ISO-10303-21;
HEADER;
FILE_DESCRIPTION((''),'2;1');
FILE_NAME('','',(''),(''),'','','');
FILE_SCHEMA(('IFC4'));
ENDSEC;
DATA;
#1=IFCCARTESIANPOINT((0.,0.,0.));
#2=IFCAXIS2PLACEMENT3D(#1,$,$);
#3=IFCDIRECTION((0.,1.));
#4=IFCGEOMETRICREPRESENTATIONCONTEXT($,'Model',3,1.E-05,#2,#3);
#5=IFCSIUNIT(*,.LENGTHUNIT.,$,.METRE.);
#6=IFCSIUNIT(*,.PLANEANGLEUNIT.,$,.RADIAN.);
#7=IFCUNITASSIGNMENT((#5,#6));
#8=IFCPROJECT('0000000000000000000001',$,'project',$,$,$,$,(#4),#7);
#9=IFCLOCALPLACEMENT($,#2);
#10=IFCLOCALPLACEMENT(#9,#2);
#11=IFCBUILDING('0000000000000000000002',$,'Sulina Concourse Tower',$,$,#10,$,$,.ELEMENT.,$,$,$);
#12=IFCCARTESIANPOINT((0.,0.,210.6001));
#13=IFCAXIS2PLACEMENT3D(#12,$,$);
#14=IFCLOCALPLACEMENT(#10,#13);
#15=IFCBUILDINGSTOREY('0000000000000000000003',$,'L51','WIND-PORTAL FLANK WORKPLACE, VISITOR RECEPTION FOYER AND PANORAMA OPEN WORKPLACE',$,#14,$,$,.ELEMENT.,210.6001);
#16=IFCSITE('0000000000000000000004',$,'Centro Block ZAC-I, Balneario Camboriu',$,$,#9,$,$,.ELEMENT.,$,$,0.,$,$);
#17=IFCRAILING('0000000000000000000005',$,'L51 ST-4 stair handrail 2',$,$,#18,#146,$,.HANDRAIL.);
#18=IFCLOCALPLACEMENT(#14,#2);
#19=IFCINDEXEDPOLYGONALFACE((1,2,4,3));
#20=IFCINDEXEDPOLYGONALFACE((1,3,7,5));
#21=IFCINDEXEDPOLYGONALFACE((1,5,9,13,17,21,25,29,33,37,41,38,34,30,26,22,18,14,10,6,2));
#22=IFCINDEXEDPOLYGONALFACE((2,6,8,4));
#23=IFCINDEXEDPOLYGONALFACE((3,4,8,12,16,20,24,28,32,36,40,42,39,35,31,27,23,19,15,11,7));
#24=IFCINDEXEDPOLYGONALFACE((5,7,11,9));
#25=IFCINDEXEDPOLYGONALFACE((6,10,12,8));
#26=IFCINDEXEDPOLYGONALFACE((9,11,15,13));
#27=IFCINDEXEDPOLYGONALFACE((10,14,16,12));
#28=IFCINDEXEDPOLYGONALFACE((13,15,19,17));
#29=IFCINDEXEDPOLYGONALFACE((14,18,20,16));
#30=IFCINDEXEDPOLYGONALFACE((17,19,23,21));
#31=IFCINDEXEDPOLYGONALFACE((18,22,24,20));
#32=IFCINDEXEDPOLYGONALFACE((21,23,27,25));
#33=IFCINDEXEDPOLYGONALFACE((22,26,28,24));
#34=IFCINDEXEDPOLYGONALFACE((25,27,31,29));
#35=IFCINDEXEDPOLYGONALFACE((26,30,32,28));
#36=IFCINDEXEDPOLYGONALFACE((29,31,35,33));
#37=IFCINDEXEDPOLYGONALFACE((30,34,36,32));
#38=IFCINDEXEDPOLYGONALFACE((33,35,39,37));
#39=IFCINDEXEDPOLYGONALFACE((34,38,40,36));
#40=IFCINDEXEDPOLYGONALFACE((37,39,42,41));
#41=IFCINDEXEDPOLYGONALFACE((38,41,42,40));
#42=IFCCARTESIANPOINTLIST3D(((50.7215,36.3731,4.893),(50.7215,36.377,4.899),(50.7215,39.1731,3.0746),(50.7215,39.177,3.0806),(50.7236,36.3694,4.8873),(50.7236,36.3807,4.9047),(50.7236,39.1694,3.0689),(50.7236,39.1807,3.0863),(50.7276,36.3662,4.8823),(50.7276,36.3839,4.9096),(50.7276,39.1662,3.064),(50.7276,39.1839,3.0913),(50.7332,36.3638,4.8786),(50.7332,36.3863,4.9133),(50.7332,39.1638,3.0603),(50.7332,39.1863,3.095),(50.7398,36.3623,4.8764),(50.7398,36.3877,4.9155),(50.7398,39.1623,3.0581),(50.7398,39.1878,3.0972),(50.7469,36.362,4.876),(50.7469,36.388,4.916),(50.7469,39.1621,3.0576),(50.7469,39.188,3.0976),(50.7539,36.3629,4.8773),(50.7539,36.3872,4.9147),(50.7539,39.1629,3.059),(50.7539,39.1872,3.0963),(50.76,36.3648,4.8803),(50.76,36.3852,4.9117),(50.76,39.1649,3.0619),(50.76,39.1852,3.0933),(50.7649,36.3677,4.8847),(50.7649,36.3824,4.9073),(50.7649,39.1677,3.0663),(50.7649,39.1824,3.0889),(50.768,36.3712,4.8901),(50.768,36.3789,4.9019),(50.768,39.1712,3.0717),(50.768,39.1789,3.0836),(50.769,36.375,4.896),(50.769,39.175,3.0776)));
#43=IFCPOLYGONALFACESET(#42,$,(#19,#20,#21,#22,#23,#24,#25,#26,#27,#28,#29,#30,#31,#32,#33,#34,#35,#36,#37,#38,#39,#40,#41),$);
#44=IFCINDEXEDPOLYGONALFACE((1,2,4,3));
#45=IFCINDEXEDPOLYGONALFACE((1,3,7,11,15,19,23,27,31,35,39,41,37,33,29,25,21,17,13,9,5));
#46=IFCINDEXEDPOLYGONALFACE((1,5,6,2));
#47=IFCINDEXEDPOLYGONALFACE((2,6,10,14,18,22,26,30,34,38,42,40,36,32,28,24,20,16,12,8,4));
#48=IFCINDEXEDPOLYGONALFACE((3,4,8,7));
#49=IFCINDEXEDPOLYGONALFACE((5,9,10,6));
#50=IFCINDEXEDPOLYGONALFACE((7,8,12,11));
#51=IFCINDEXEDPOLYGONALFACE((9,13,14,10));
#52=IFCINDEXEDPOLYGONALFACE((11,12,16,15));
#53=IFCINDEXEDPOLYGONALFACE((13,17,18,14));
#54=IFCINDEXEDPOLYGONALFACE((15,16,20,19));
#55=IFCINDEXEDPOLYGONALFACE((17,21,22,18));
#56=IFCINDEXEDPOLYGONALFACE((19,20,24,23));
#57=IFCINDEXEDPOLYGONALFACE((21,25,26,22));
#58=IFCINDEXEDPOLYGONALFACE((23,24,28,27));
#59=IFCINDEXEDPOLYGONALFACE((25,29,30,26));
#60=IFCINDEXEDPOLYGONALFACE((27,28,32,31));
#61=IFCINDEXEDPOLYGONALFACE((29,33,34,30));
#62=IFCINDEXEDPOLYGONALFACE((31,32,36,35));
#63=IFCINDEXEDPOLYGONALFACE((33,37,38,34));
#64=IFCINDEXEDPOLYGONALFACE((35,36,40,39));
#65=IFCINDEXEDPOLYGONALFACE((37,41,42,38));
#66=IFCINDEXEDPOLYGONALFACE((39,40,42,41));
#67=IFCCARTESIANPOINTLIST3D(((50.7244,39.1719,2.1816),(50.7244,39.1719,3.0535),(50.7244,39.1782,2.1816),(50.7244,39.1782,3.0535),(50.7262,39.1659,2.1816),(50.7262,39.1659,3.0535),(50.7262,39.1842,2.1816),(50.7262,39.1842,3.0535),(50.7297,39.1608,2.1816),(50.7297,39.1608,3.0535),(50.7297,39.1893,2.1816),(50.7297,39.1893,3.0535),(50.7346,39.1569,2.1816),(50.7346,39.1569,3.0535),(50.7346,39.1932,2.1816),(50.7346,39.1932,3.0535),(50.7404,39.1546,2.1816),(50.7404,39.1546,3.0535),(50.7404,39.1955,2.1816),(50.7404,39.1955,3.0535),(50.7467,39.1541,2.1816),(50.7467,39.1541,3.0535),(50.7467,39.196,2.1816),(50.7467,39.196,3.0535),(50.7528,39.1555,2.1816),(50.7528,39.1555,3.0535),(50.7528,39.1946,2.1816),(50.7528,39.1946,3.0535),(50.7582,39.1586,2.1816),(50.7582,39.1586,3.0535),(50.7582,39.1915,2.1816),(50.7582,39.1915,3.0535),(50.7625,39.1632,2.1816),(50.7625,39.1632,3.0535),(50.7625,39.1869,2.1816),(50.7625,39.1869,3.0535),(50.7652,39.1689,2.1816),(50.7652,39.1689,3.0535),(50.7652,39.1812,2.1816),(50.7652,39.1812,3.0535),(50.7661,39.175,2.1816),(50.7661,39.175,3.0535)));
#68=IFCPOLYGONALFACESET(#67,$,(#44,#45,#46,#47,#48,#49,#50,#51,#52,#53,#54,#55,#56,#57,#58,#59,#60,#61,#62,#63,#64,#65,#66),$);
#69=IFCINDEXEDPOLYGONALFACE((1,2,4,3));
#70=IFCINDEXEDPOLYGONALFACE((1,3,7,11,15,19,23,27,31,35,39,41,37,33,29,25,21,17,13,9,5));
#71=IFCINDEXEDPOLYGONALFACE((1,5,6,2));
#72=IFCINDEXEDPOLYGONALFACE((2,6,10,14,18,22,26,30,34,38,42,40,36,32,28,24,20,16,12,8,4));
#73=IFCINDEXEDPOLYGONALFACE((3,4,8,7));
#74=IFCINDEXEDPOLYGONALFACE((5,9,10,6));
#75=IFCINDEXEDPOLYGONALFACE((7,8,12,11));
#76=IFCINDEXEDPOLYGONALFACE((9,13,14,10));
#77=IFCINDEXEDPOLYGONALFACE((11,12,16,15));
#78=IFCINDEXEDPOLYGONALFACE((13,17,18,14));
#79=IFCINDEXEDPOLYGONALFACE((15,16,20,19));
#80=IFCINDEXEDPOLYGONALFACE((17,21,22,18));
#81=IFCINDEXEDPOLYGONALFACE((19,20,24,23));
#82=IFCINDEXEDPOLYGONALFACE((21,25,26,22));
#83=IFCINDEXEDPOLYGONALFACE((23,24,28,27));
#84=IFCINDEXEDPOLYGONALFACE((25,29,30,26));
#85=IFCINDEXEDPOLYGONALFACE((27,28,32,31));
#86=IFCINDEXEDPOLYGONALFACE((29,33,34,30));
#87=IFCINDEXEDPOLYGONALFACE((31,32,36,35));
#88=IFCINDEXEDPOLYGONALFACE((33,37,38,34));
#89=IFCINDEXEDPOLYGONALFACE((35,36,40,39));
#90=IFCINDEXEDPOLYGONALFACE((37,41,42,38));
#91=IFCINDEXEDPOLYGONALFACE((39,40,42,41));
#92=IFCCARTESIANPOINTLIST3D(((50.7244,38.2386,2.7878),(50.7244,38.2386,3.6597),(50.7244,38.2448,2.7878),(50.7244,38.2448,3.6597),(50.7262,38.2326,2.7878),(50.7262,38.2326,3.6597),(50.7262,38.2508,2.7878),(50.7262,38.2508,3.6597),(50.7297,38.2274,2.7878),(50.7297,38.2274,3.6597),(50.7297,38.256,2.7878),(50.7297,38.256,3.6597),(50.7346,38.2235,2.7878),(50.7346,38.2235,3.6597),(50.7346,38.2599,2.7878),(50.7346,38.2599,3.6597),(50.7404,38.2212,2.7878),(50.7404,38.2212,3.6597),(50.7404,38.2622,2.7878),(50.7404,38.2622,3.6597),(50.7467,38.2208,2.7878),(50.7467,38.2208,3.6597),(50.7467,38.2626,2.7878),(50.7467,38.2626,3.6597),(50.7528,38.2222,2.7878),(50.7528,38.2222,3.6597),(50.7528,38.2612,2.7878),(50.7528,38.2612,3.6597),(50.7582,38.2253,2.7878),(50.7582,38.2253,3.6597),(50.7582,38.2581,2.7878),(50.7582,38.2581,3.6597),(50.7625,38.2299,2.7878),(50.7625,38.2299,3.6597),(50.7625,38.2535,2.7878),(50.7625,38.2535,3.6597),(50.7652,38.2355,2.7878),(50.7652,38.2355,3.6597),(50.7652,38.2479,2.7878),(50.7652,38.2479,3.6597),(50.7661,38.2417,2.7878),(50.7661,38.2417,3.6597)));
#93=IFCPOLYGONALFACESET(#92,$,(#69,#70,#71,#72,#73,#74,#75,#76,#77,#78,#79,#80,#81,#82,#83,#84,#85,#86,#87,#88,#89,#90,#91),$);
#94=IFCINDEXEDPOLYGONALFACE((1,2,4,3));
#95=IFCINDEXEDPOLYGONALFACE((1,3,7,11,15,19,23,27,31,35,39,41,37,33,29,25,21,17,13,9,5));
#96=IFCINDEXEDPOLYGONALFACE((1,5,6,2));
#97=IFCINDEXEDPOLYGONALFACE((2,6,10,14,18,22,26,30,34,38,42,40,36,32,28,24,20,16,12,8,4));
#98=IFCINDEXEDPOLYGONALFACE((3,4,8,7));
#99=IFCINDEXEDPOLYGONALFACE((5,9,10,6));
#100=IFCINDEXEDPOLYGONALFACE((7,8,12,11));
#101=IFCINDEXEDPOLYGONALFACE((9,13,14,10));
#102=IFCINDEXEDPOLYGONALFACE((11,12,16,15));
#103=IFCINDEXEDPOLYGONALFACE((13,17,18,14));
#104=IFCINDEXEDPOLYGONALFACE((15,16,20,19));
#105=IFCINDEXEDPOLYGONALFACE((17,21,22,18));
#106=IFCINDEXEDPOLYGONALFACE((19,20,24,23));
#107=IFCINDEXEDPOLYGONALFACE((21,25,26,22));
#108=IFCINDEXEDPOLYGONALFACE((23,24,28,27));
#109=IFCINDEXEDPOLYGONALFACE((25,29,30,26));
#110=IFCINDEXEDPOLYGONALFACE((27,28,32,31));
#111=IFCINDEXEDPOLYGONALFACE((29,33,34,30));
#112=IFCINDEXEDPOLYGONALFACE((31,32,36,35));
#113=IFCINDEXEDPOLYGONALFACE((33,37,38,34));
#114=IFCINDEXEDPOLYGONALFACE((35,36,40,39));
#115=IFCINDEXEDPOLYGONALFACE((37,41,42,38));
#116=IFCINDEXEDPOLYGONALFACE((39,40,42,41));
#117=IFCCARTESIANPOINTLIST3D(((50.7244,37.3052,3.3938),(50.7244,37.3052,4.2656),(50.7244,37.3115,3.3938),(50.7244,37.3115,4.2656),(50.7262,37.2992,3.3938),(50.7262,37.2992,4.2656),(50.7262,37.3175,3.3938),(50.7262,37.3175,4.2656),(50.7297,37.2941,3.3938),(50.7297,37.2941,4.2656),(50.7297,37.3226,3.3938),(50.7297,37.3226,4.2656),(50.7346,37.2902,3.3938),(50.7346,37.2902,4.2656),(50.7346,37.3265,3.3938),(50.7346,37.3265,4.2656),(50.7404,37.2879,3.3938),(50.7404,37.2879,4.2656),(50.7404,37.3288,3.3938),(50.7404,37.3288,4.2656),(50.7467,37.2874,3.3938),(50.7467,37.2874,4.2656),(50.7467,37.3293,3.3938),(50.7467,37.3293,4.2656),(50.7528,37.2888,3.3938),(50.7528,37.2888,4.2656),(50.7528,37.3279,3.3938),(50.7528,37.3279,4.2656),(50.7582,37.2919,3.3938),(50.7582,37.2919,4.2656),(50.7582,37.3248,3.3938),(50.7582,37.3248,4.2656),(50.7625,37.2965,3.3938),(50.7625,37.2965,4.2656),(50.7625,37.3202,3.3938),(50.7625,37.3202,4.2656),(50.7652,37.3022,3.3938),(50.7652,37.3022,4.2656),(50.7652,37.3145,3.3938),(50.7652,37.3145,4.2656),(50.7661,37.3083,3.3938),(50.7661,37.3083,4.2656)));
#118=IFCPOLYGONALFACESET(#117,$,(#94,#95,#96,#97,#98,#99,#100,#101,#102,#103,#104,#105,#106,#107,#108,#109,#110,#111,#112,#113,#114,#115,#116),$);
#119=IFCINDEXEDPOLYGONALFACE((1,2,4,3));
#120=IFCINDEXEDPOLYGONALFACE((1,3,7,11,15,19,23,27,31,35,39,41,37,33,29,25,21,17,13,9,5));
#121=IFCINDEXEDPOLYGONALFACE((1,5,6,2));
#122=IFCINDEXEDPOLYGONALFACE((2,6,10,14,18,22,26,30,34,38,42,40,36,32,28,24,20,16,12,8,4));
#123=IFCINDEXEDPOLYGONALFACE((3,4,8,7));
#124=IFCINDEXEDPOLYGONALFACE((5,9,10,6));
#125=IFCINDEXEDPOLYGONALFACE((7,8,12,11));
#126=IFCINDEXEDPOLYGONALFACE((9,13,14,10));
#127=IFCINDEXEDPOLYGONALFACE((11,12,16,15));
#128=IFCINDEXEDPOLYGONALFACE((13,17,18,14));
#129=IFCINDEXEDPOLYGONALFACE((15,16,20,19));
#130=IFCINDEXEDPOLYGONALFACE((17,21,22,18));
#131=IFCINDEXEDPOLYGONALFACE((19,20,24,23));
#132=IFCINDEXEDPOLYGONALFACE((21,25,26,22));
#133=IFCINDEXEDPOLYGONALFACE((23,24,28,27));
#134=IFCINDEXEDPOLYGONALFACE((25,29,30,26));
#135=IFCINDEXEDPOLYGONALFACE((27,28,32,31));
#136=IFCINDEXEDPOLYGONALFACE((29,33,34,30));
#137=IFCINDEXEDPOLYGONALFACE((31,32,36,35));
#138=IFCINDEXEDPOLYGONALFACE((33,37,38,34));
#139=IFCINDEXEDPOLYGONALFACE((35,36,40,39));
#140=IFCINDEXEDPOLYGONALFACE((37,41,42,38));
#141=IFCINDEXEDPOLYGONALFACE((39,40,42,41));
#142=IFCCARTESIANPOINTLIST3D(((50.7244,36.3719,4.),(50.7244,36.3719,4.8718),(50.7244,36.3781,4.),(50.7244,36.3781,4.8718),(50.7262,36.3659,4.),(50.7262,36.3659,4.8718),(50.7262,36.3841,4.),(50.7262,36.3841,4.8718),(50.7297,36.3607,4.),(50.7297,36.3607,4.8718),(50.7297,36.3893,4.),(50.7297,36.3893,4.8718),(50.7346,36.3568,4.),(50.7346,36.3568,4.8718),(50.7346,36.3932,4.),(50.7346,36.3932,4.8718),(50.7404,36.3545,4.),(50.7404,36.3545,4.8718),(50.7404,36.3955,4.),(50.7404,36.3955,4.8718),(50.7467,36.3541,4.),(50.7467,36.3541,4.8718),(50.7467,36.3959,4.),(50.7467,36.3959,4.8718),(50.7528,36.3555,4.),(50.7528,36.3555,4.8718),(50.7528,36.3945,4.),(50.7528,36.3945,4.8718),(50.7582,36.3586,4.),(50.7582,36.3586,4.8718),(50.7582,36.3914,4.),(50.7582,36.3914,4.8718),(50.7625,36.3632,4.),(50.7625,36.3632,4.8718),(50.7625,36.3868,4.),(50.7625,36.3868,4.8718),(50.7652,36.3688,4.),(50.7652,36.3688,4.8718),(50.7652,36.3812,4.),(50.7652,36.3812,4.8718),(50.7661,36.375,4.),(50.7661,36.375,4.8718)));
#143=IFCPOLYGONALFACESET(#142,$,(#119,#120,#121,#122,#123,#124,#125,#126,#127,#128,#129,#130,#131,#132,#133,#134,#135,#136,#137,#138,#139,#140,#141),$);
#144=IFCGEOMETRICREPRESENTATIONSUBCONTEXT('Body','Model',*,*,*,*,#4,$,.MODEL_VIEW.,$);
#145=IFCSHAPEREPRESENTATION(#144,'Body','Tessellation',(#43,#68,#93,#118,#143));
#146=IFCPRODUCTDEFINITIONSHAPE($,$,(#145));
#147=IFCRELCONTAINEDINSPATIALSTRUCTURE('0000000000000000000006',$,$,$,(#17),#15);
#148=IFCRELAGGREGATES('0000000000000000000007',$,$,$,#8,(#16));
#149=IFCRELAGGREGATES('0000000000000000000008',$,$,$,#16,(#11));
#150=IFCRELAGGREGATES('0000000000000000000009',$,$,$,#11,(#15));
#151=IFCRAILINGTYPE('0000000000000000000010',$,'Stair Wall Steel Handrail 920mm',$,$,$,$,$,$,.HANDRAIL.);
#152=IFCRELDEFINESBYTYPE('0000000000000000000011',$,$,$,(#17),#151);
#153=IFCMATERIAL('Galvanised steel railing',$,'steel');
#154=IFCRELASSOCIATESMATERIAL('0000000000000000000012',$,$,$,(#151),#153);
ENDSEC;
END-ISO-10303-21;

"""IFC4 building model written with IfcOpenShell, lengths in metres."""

from ifc_helpers import new_model, si_unit, direction, frame, origin, origin_2d, place, context, subcontext, project, spatial, circle, extrude, material, type_object, element, save


model = new_model("IFC4")

# Units and contexts
model_context = context("Model", 3, precision=1e-05, world=origin(), true_north=direction((0.0, 1.0)))
body_context = subcontext(model_context, "Body", "Model", "MODEL_VIEW")
ifc_project = project(units=[si_unit("LENGTHUNIT", "METRE"), si_unit("PLANEANGLEUNIT", "RADIAN")], contexts=[model_context])

# Site, building, storey
site_placement = place(None, origin())
site = spatial("IfcSite", under=ifc_project, at=site_placement, Name="Centro Block ZAC-I, Balneario Camboriu", CompositionType="ELEMENT", RefElevation=0.0)
building_placement = place(site_placement, origin())
building = spatial("IfcBuilding", under=site, at=building_placement, Name="Sulina Concourse Tower", CompositionType="ELEMENT")
storey_placement = place(building_placement, frame((0.0, 0.0, 210.6001)))
storey = spatial("IfcBuildingStorey", under=building, at=storey_placement, Name="L51", Description="WIND-PORTAL FLANK WORKPLACE, VISITOR RECEPTION FOYER AND PANORAMA OPEN WORKPLACE", CompositionType="ELEMENT", Elevation=210.6001)

# Railing
ifc_material_1 = material(Name="Galvanised steel railing", Category="steel")
railing_type_1 = type_object("IfcRailingType", Name="Stair Wall Steel Handrail 920mm", PredefinedType="HANDRAIL", material=ifc_material_1)
railing_1_placement = place(storey_placement, frame((50.7451, 39.175, 2.1816)))
element("IfcRailing", 1, at=railing_1_placement, inside=storey, type_object=railing_type_1, Name="L51 ST-4 stair handrail 2", PredefinedType="HANDRAIL", context=body_context, shape_type="SweptSolid", body=[
    extrude(circle(Radius=0.0239, at=origin_2d()), frame((0.0, 0.0, 0.896), z_axis=(0.0, -0.838672, 0.544636), x_axis=(1.0, 0.0, 0.0)), (0.0, 0.0, 1.0), 3.3386),
    extrude(circle(Radius=0.021, at=origin_2d()), origin(), (0.0, 0.0, 1.0), 0.8718),
    extrude(circle(Radius=0.021, at=origin_2d()), frame((0.0, -0.9333, 0.6062)), (0.0, 0.0, 1.0), 0.8718),
    extrude(circle(Radius=0.021, at=origin_2d()), frame((0.0, -1.8667, 1.2122)), (0.0, 0.0, 1.0), 0.8718),
    extrude(circle(Radius=0.021, at=origin_2d()), frame((0.0, -2.8, 1.8184)), (0.0, 0.0, 1.0), 0.8718),
])

save(model, "model.ifc")
